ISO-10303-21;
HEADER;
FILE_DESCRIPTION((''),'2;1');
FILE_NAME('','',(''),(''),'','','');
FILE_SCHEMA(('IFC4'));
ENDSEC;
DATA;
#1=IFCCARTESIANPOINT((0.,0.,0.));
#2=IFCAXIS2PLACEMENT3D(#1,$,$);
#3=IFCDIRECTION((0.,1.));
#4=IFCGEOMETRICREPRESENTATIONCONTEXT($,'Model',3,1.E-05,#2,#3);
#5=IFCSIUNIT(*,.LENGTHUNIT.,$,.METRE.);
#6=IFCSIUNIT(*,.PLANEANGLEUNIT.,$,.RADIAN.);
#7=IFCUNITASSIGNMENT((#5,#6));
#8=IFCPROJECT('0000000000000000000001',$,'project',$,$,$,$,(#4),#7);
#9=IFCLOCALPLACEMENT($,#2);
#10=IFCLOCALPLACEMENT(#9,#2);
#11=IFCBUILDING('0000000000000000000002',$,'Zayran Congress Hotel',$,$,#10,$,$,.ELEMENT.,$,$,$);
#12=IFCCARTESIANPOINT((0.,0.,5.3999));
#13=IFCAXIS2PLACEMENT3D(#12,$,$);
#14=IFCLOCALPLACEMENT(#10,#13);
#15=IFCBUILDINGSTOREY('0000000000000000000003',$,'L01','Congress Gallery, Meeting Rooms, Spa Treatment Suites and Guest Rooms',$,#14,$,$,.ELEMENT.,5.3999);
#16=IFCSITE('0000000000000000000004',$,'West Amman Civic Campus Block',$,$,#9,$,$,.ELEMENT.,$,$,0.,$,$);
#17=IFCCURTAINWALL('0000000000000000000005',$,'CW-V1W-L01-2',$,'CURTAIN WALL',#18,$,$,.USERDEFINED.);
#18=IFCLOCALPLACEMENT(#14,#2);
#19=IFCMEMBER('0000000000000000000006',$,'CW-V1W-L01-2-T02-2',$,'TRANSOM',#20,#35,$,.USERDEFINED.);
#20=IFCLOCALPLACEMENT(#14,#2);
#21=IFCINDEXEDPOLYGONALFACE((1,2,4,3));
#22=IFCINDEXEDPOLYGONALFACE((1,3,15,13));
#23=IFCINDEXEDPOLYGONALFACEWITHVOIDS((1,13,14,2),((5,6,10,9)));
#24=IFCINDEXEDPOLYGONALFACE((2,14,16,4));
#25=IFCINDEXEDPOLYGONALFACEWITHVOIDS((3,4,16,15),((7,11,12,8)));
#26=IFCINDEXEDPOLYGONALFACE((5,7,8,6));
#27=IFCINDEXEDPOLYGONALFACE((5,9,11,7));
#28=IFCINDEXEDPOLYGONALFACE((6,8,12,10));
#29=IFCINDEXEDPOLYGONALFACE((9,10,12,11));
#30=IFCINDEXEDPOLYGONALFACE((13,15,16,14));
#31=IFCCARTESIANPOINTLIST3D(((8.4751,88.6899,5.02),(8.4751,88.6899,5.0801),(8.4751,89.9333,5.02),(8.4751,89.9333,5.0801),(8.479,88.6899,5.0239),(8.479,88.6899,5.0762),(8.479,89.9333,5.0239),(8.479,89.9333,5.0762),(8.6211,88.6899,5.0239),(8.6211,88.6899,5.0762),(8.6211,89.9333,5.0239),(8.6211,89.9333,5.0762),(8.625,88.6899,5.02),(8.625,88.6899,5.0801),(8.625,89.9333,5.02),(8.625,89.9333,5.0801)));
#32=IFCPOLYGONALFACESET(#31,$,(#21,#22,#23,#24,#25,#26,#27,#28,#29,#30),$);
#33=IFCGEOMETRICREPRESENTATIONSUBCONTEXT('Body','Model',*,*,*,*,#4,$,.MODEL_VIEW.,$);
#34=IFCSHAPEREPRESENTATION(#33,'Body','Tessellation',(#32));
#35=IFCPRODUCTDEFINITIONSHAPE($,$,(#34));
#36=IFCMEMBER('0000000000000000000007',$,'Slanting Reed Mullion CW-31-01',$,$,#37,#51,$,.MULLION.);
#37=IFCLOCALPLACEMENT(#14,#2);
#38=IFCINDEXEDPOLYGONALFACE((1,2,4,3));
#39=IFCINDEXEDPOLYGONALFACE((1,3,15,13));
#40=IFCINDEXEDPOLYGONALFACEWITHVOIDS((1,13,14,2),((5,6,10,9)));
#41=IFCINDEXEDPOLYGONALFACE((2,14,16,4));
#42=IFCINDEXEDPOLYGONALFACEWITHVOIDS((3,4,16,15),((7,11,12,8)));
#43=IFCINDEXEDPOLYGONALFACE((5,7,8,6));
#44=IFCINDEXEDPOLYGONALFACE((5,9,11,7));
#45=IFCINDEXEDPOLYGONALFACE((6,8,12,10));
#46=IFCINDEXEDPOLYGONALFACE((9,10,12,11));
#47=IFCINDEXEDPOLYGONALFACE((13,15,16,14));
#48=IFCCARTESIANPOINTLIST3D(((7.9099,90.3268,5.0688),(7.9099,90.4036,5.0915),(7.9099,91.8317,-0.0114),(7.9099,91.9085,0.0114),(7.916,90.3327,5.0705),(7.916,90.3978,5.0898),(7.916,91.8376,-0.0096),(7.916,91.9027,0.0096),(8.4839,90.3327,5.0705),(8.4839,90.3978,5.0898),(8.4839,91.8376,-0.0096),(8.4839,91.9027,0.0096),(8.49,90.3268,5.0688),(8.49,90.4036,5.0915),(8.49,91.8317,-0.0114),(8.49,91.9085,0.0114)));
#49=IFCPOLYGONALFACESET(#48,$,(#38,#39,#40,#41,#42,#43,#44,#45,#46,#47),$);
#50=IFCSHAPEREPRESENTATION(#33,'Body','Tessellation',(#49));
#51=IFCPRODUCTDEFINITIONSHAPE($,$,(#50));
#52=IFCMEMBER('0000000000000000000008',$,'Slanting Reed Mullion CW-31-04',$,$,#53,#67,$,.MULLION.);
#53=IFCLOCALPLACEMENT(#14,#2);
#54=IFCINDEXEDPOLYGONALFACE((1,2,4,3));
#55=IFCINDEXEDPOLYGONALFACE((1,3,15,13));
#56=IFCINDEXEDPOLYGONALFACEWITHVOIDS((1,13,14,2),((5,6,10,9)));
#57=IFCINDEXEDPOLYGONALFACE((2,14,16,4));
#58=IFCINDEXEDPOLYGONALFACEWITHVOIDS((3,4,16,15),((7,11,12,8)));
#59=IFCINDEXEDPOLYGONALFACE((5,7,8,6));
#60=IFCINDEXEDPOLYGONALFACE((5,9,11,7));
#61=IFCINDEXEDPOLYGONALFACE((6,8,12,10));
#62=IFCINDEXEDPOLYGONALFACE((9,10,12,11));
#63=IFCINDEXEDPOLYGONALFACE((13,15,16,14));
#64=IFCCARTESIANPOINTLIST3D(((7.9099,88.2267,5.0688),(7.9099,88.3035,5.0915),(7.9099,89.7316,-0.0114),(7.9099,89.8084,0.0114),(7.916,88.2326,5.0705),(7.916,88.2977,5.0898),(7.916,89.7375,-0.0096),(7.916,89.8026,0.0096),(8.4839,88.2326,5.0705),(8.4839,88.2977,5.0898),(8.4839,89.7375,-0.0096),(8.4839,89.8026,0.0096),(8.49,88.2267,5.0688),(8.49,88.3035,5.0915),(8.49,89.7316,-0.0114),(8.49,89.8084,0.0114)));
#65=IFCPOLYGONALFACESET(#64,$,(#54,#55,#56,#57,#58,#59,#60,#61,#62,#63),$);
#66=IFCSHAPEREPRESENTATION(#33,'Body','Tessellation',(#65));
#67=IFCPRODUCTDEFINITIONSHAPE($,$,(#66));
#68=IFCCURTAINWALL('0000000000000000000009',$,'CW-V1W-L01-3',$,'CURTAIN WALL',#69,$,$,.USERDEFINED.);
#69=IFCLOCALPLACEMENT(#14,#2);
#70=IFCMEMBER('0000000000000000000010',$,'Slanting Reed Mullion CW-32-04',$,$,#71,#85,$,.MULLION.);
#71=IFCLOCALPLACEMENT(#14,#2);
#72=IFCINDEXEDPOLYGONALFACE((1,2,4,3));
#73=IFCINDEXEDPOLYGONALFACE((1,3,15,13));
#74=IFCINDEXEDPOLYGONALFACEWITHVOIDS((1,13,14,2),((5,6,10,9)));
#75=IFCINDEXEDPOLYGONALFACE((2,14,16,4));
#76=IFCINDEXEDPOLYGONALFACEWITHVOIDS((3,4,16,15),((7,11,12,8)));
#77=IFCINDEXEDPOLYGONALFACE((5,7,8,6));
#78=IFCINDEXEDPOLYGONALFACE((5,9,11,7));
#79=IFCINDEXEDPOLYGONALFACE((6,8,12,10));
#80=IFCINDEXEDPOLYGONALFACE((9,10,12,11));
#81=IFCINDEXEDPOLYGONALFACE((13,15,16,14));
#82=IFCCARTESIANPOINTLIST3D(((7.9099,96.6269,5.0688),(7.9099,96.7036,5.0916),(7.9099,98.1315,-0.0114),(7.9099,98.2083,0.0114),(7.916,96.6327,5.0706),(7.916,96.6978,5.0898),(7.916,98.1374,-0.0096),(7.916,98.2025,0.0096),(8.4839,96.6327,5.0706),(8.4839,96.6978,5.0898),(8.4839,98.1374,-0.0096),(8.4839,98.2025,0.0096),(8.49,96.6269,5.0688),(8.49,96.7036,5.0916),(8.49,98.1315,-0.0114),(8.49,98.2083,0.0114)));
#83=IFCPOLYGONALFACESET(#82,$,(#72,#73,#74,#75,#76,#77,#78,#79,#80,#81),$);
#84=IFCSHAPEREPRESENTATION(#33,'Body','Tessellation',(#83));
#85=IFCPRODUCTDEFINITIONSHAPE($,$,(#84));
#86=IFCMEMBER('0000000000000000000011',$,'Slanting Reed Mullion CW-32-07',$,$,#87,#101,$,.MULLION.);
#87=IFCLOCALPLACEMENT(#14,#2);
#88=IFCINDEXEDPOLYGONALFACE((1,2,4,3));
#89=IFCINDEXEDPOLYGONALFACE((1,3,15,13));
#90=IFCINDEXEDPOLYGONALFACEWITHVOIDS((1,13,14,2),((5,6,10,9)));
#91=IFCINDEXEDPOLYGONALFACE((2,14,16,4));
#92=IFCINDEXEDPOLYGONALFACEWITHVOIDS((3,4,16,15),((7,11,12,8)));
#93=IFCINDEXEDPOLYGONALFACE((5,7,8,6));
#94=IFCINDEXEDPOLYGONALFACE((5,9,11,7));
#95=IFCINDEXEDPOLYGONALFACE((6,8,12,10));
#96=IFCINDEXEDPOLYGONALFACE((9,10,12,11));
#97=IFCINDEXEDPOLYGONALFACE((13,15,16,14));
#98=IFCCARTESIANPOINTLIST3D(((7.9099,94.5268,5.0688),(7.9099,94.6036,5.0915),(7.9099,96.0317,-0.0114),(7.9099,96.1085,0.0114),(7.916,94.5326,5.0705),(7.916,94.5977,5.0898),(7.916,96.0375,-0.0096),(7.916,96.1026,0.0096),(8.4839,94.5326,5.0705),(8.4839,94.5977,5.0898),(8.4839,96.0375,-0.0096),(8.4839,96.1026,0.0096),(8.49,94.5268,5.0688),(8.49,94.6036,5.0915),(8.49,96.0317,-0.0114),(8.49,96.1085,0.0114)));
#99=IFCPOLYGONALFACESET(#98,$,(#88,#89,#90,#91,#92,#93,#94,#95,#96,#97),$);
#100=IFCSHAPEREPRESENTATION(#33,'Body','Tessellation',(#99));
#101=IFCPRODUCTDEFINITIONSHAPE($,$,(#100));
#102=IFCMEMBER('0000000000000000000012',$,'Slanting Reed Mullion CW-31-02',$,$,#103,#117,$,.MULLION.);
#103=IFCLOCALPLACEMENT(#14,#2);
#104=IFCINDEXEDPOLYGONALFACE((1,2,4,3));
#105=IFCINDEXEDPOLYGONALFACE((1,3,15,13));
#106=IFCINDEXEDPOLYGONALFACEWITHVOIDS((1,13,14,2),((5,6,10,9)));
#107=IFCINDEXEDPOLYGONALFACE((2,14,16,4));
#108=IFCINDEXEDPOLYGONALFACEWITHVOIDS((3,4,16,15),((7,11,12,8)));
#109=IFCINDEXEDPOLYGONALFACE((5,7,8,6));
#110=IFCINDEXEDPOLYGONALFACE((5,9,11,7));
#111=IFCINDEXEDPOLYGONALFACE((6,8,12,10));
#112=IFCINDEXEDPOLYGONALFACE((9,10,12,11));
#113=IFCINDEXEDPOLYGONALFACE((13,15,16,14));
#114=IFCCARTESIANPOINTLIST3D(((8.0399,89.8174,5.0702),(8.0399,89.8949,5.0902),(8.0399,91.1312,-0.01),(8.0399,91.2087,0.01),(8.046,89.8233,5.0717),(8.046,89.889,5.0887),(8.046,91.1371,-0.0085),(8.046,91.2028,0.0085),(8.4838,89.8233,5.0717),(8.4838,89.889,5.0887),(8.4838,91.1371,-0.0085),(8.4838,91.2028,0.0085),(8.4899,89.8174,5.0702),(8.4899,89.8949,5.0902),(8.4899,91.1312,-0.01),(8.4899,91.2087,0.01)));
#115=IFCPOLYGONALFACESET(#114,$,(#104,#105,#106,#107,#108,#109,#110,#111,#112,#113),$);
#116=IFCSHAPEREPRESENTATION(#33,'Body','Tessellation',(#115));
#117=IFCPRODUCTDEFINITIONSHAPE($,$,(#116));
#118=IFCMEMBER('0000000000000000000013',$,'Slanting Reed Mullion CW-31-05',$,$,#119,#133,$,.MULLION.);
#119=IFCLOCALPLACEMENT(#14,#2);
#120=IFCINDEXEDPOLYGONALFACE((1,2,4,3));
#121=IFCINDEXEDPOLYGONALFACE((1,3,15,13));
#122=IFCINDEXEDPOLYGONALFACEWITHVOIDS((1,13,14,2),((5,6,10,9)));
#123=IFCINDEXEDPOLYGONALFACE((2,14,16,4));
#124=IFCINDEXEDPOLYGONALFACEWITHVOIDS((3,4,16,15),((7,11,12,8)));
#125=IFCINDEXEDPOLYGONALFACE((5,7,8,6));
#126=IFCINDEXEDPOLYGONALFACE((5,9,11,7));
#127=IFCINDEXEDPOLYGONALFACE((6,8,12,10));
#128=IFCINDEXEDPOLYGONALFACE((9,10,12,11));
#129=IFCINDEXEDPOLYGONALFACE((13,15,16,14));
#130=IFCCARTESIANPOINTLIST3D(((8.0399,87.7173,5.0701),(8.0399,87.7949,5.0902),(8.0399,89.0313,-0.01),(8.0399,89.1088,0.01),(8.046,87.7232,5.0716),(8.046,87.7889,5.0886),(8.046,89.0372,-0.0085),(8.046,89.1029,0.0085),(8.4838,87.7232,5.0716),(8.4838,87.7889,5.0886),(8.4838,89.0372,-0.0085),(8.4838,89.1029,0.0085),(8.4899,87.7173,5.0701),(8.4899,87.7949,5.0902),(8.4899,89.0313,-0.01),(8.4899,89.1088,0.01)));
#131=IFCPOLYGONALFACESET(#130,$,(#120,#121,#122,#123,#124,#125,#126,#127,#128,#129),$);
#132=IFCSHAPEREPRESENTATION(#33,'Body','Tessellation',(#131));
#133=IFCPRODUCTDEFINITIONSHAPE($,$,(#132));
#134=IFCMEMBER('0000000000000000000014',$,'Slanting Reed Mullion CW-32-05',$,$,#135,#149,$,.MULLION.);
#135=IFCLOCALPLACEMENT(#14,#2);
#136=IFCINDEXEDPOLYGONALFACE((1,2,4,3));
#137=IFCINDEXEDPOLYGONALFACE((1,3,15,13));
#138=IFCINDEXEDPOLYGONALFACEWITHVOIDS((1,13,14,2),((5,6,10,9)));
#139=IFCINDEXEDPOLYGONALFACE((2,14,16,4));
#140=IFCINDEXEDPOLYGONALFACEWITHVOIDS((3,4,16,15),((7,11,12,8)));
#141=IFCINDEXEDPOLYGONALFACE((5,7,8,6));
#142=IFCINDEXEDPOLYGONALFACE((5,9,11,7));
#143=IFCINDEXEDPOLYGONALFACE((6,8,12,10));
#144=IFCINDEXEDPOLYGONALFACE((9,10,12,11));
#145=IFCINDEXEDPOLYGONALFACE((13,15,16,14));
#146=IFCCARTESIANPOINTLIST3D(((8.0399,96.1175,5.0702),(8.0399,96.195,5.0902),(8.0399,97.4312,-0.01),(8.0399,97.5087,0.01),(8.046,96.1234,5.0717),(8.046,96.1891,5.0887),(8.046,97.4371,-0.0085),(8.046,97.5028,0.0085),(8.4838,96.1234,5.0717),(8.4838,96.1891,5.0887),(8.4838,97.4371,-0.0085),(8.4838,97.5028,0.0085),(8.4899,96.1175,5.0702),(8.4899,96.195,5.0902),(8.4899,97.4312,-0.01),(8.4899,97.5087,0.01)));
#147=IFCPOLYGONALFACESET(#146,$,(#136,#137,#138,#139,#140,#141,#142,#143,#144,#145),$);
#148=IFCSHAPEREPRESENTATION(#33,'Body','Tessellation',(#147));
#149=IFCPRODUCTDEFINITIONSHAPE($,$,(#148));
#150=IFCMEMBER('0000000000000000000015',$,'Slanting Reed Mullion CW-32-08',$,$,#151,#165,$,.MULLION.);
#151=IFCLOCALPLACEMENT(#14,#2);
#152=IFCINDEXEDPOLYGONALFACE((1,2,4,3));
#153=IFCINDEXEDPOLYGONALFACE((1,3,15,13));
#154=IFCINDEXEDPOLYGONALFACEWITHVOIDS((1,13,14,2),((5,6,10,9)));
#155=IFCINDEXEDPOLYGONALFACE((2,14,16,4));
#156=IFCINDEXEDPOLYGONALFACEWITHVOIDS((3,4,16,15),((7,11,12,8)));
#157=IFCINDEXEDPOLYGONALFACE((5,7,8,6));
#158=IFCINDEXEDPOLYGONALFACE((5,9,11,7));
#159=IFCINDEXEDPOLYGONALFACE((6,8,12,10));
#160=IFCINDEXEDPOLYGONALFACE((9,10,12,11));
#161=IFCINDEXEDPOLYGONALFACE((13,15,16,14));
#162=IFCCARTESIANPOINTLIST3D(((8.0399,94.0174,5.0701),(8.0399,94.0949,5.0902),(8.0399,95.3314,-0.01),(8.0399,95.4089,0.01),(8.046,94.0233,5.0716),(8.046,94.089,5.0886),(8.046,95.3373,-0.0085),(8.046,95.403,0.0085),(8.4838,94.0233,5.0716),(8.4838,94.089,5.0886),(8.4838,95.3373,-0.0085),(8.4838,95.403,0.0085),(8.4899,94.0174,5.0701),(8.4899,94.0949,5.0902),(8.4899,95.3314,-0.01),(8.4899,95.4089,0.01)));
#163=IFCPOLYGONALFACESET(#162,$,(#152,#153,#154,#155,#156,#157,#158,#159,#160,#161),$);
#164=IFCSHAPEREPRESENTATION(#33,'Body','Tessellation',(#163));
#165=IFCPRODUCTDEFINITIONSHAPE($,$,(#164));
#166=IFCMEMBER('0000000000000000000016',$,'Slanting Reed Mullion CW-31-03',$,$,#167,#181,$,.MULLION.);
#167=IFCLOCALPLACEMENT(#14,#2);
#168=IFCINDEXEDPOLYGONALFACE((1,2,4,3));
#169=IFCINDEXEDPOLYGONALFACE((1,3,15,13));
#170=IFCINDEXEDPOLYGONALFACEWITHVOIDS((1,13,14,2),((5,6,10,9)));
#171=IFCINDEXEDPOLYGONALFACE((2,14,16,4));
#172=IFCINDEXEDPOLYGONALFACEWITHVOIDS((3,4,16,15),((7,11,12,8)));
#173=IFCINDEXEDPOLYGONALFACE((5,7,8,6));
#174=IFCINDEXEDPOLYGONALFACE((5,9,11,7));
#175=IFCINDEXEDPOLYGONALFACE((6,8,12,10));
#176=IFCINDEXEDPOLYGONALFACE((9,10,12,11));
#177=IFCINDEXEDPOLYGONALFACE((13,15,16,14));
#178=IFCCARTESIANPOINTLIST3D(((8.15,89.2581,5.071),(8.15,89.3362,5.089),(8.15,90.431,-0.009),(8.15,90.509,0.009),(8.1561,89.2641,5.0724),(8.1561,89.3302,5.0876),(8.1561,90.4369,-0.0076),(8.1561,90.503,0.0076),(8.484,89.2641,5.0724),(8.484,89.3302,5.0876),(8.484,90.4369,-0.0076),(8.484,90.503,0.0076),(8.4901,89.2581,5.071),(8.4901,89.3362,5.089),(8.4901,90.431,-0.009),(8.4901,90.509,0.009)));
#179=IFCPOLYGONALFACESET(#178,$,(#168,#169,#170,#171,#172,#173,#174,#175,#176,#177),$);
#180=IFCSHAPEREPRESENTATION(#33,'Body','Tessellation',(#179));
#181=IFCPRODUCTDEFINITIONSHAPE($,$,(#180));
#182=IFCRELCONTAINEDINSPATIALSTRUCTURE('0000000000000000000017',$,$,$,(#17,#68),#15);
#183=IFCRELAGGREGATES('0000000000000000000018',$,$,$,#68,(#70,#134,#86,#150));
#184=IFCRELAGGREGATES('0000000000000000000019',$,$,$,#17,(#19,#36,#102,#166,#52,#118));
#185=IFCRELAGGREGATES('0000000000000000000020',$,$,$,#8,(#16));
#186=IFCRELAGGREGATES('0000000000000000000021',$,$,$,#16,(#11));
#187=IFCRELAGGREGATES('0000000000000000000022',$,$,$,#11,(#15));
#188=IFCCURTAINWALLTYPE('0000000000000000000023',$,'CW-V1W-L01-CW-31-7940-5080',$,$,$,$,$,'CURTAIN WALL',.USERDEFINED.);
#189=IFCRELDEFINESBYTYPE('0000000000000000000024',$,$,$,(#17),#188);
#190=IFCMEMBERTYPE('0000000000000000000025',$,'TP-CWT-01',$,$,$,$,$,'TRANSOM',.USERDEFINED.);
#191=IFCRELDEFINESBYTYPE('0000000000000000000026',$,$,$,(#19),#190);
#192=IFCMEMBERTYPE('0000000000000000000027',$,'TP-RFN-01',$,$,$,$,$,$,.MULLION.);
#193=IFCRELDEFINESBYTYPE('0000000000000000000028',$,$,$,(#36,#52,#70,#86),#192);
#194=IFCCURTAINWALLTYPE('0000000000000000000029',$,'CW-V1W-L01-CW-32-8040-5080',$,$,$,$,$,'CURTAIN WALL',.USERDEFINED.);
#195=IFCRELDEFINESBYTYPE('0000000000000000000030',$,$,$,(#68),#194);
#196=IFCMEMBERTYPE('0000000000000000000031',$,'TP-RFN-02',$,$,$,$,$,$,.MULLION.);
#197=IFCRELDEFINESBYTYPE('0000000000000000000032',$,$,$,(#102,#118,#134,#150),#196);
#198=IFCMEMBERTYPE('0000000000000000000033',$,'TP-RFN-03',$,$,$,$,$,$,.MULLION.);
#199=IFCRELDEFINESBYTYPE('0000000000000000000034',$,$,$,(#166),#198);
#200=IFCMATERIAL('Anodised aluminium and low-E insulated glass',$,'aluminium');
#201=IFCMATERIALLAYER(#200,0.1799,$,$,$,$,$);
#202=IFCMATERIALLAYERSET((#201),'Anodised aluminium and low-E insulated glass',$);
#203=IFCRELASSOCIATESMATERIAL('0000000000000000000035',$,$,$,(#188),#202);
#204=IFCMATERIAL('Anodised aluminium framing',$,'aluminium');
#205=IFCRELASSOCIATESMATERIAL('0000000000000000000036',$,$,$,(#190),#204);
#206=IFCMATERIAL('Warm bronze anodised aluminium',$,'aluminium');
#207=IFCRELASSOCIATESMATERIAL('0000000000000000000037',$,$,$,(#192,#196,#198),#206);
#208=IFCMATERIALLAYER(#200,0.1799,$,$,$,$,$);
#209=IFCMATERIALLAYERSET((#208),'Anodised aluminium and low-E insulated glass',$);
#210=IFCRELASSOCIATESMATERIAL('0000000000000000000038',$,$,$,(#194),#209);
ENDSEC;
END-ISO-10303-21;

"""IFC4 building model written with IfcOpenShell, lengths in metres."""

from ifc_helpers import new_model, si_unit, direction, frame, origin, origin_2d, place, context, subcontext, project, spatial, hollow_rectangle, extrude, material, layer, layer_set, material_profile, profile_set, type_object, element, aggregate, save


model = new_model("IFC4")

# Units and contexts
model_context = context("Model", 3, precision=1e-05, world=origin(), true_north=direction((0.0, 1.0)))
body_context = subcontext(model_context, "Body", "Model", "MODEL_VIEW")
ifc_project = project(units=[si_unit("LENGTHUNIT", "METRE"), si_unit("PLANEANGLEUNIT", "RADIAN")], contexts=[model_context])

# Site, building, storey
site_placement = place(None, origin())
site = spatial("IfcSite", under=ifc_project, at=site_placement, Name="West Amman Civic Campus Block", CompositionType="ELEMENT", RefElevation=0.0)
building_placement = place(site_placement, origin())
building = spatial("IfcBuilding", under=site, at=building_placement, Name="Zayran Congress Hotel", CompositionType="ELEMENT")
storey_placement = place(building_placement, frame((0.0, 0.0, 5.3999)))
storey = spatial("IfcBuildingStorey", under=building, at=storey_placement, Name="L01", Description="Congress Gallery, Meeting Rooms, Spa Treatment Suites and Guest Rooms", CompositionType="ELEMENT", Elevation=5.3999)

# Curtain walls, members
ifc_material_1 = material(Name="Anodised aluminium and low-E insulated glass", Category="aluminium")
ifc_layer_1 = layer(ifc_material_1, 0.1799)
ifc_layer_set_1 = layer_set([ifc_layer_1], Name="Anodised aluminium and low-E insulated glass")
curtain_wall_type_1 = type_object("IfcCurtainWallType", Name="CW-V1W-L01-CW-31-7940-5080", ElementType="CURTAIN WALL", PredefinedType="USERDEFINED", material=ifc_layer_set_1)
curtain_wall_1_placement = place(storey_placement, origin())
curtain_wall_1 = element("IfcCurtainWall", 1, at=curtain_wall_1_placement, inside=storey, type_object=curtain_wall_type_1, Name="CW-V1W-L01-2", ObjectType="CURTAIN WALL", PredefinedType="USERDEFINED")
ifc_material_2 = material(Name="Anodised aluminium framing", Category="aluminium")
ifc_material_profile_1 = material_profile(ifc_material_2, hollow_rectangle(XDim=0.0601, YDim=0.1499, WallThickness=0.0039, at=origin_2d()), Name="RHS 150x60x4")
ifc_profile_set_1 = profile_set([ifc_material_profile_1], Name="Anodised aluminium framing")
member_type_1 = type_object("IfcMemberType", Name="TP-CWT-01", ElementType="TRANSOM", PredefinedType="USERDEFINED", material=ifc_profile_set_1)
member_1_placement = place(storey_placement, frame((8.55, 89.9333, 5.05), z_axis=(0.0, -1.0, 0.0), x_axis=(0.0, 0.0, 1.0)))
member_1 = element("IfcMember", 2, at=member_1_placement, type_object=member_type_1, Name="CW-V1W-L01-2-T02-2", ObjectType="TRANSOM", PredefinedType="USERDEFINED", context=body_context, shape_type="SweptSolid", body=[
    extrude(hollow_rectangle(XDim=0.0601, YDim=0.1499, WallThickness=0.0039, at=origin_2d()), origin(), (0.0, 0.0, 1.0), 1.2434),
])
ifc_material_3 = material(Name="Warm bronze anodised aluminium", Category="aluminium")
ifc_material_profile_2 = material_profile(ifc_material_3, hollow_rectangle(XDim=0.0801, YDim=0.5801, WallThickness=0.0061, at=origin_2d()), Name="RHS 580x80x6")
ifc_profile_set_2 = profile_set([ifc_material_profile_2], Name="Warm bronze anodised aluminium")
member_type_2 = type_object("IfcMemberType", Name="TP-RFN-01", PredefinedType="MULLION", material=ifc_profile_set_2)
member_2_placement = place(storey_placement, frame((8.2, 91.8701, 0.0), z_axis=(0.0, -0.284032, 0.958815), x_axis=(0.0, 0.958815, 0.284032)))
member_2 = element("IfcMember", 3, at=member_2_placement, type_object=member_type_2, Name="Slanting Reed Mullion CW-31-01", PredefinedType="MULLION", context=body_context, shape_type="SweptSolid", body=[
    extrude(hollow_rectangle(XDim=0.0801, YDim=0.5801, WallThickness=0.0061, at=origin_2d()), origin(), (0.0, 0.0, 1.0), 5.2983),
])
member_3_placement = place(storey_placement, frame((8.2, 89.77, 0.0), z_axis=(0.0, -0.284032, 0.958815), x_axis=(0.0, 0.958815, 0.284032)))
member_3 = element("IfcMember", 4, at=member_3_placement, type_object=member_type_2, Name="Slanting Reed Mullion CW-31-04", PredefinedType="MULLION", context=body_context, shape_type="SweptSolid", body=[
    extrude(hollow_rectangle(XDim=0.0801, YDim=0.5801, WallThickness=0.0061, at=origin_2d()), origin(), (0.0, 0.0, 1.0), 5.2983),
])
ifc_layer_2 = layer(ifc_material_1, 0.1799)
ifc_layer_set_2 = layer_set([ifc_layer_2], Name="Anodised aluminium and low-E insulated glass")
curtain_wall_type_2 = type_object("IfcCurtainWallType", Name="CW-V1W-L01-CW-32-8040-5080", ElementType="CURTAIN WALL", PredefinedType="USERDEFINED", material=ifc_layer_set_2)
curtain_wall_2_placement = place(storey_placement, origin())
curtain_wall_2 = element("IfcCurtainWall", 5, at=curtain_wall_2_placement, inside=storey, type_object=curtain_wall_type_2, Name="CW-V1W-L01-3", ObjectType="CURTAIN WALL", PredefinedType="USERDEFINED")
member_4_placement = place(storey_placement, frame((8.2, 98.1699, 0.0), z_axis=(0.0, -0.283989, 0.958827), x_axis=(0.0, 0.958827, 0.283989)))
member_4 = element("IfcMember", 6, at=member_4_placement, type_object=member_type_2, Name="Slanting Reed Mullion CW-32-04", PredefinedType="MULLION", context=body_context, shape_type="SweptSolid", body=[
    extrude(hollow_rectangle(XDim=0.0801, YDim=0.5801, WallThickness=0.0061, at=origin_2d()), origin(), (0.0, 0.0, 1.0), 5.2983),
])
member_5_placement = place(storey_placement, frame((8.2, 96.0701, 0.0), z_axis=(0.0, -0.284032, 0.958815), x_axis=(0.0, 0.958815, 0.284032)))
member_5 = element("IfcMember", 7, at=member_5_placement, type_object=member_type_2, Name="Slanting Reed Mullion CW-32-07", PredefinedType="MULLION", context=body_context, shape_type="SweptSolid", body=[
    extrude(hollow_rectangle(XDim=0.0801, YDim=0.5801, WallThickness=0.0061, at=origin_2d()), origin(), (0.0, 0.0, 1.0), 5.2983),
])

# Members
ifc_material_profile_3 = material_profile(ifc_material_3, hollow_rectangle(XDim=0.0801, YDim=0.45, WallThickness=0.0061, at=origin_2d()), Name="RHS 450x80x6")
ifc_profile_set_3 = profile_set([ifc_material_profile_3], Name="Warm bronze anodised aluminium")
member_type_3 = type_object("IfcMemberType", Name="TP-RFN-02", PredefinedType="MULLION", material=ifc_profile_set_3)
member_6_placement = place(storey_placement, frame((8.2649, 91.1699, 0.0), z_axis=(0.0, -0.250366, 0.968151), x_axis=(0.0, 0.968151, 0.250366)))
member_6 = element("IfcMember", 8, at=member_6_placement, type_object=member_type_3, Name="Slanting Reed Mullion CW-31-02", PredefinedType="MULLION", context=body_context, shape_type="SweptSolid", body=[
    extrude(hollow_rectangle(XDim=0.0801, YDim=0.45, WallThickness=0.0061, at=origin_2d()), origin(), (0.0, 0.0, 1.0), 5.2473),
])
member_7_placement = place(storey_placement, frame((8.2649, 89.0701, 0.0), z_axis=(0.0, -0.25041, 0.96814), x_axis=(0.0, 0.96814, 0.25041)))
member_7 = element("IfcMember", 9, at=member_7_placement, type_object=member_type_3, Name="Slanting Reed Mullion CW-31-05", PredefinedType="MULLION", context=body_context, shape_type="SweptSolid", body=[
    extrude(hollow_rectangle(XDim=0.0801, YDim=0.45, WallThickness=0.0061, at=origin_2d()), origin(), (0.0, 0.0, 1.0), 5.2473),
])
member_8_placement = place(storey_placement, frame((8.2649, 97.47, 0.0), z_axis=(0.0, -0.250366, 0.968151), x_axis=(0.0, 0.968151, 0.250366)))
member_8 = element("IfcMember", 10, at=member_8_placement, type_object=member_type_3, Name="Slanting Reed Mullion CW-32-05", PredefinedType="MULLION", context=body_context, shape_type="SweptSolid", body=[
    extrude(hollow_rectangle(XDim=0.0801, YDim=0.45, WallThickness=0.0061, at=origin_2d()), origin(), (0.0, 0.0, 1.0), 5.2473),
])
member_9_placement = place(storey_placement, frame((8.2649, 95.3701, 0.0), z_axis=(0.0, -0.25041, 0.96814), x_axis=(0.0, 0.96814, 0.25041)))
member_9 = element("IfcMember", 11, at=member_9_placement, type_object=member_type_3, Name="Slanting Reed Mullion CW-32-08", PredefinedType="MULLION", context=body_context, shape_type="SweptSolid", body=[
    extrude(hollow_rectangle(XDim=0.0801, YDim=0.45, WallThickness=0.0061, at=origin_2d()), origin(), (0.0, 0.0, 1.0), 5.2473),
])
ifc_material_profile_4 = material_profile(ifc_material_3, hollow_rectangle(XDim=0.0801, YDim=0.3401, WallThickness=0.0061, at=origin_2d()), Name="RHS 340x80x6")
ifc_profile_set_4 = profile_set([ifc_material_profile_4], Name="Warm bronze anodised aluminium")
member_type_4 = type_object("IfcMemberType", Name="TP-RFN-03", PredefinedType="MULLION", material=ifc_profile_set_4)
member_10_placement = place(storey_placement, frame((8.3201, 90.47, 0.0), z_axis=(0.0, -0.224955, 0.974369), x_axis=(0.0, 0.974369, 0.224955)))
member_10 = element("IfcMember", 12, at=member_10_placement, type_object=member_type_4, Name="Slanting Reed Mullion CW-31-03", PredefinedType="MULLION", context=body_context, shape_type="SweptSolid", body=[
    extrude(hollow_rectangle(XDim=0.0801, YDim=0.3401, WallThickness=0.0061, at=origin_2d()), origin(), (0.0, 0.0, 1.0), 5.2136),
])
aggregate(curtain_wall_2, [member_4, member_8, member_5, member_9])

aggregate(curtain_wall_1, [member_1, member_2, member_6, member_10, member_3, member_7])

save(model, "model.ifc")
